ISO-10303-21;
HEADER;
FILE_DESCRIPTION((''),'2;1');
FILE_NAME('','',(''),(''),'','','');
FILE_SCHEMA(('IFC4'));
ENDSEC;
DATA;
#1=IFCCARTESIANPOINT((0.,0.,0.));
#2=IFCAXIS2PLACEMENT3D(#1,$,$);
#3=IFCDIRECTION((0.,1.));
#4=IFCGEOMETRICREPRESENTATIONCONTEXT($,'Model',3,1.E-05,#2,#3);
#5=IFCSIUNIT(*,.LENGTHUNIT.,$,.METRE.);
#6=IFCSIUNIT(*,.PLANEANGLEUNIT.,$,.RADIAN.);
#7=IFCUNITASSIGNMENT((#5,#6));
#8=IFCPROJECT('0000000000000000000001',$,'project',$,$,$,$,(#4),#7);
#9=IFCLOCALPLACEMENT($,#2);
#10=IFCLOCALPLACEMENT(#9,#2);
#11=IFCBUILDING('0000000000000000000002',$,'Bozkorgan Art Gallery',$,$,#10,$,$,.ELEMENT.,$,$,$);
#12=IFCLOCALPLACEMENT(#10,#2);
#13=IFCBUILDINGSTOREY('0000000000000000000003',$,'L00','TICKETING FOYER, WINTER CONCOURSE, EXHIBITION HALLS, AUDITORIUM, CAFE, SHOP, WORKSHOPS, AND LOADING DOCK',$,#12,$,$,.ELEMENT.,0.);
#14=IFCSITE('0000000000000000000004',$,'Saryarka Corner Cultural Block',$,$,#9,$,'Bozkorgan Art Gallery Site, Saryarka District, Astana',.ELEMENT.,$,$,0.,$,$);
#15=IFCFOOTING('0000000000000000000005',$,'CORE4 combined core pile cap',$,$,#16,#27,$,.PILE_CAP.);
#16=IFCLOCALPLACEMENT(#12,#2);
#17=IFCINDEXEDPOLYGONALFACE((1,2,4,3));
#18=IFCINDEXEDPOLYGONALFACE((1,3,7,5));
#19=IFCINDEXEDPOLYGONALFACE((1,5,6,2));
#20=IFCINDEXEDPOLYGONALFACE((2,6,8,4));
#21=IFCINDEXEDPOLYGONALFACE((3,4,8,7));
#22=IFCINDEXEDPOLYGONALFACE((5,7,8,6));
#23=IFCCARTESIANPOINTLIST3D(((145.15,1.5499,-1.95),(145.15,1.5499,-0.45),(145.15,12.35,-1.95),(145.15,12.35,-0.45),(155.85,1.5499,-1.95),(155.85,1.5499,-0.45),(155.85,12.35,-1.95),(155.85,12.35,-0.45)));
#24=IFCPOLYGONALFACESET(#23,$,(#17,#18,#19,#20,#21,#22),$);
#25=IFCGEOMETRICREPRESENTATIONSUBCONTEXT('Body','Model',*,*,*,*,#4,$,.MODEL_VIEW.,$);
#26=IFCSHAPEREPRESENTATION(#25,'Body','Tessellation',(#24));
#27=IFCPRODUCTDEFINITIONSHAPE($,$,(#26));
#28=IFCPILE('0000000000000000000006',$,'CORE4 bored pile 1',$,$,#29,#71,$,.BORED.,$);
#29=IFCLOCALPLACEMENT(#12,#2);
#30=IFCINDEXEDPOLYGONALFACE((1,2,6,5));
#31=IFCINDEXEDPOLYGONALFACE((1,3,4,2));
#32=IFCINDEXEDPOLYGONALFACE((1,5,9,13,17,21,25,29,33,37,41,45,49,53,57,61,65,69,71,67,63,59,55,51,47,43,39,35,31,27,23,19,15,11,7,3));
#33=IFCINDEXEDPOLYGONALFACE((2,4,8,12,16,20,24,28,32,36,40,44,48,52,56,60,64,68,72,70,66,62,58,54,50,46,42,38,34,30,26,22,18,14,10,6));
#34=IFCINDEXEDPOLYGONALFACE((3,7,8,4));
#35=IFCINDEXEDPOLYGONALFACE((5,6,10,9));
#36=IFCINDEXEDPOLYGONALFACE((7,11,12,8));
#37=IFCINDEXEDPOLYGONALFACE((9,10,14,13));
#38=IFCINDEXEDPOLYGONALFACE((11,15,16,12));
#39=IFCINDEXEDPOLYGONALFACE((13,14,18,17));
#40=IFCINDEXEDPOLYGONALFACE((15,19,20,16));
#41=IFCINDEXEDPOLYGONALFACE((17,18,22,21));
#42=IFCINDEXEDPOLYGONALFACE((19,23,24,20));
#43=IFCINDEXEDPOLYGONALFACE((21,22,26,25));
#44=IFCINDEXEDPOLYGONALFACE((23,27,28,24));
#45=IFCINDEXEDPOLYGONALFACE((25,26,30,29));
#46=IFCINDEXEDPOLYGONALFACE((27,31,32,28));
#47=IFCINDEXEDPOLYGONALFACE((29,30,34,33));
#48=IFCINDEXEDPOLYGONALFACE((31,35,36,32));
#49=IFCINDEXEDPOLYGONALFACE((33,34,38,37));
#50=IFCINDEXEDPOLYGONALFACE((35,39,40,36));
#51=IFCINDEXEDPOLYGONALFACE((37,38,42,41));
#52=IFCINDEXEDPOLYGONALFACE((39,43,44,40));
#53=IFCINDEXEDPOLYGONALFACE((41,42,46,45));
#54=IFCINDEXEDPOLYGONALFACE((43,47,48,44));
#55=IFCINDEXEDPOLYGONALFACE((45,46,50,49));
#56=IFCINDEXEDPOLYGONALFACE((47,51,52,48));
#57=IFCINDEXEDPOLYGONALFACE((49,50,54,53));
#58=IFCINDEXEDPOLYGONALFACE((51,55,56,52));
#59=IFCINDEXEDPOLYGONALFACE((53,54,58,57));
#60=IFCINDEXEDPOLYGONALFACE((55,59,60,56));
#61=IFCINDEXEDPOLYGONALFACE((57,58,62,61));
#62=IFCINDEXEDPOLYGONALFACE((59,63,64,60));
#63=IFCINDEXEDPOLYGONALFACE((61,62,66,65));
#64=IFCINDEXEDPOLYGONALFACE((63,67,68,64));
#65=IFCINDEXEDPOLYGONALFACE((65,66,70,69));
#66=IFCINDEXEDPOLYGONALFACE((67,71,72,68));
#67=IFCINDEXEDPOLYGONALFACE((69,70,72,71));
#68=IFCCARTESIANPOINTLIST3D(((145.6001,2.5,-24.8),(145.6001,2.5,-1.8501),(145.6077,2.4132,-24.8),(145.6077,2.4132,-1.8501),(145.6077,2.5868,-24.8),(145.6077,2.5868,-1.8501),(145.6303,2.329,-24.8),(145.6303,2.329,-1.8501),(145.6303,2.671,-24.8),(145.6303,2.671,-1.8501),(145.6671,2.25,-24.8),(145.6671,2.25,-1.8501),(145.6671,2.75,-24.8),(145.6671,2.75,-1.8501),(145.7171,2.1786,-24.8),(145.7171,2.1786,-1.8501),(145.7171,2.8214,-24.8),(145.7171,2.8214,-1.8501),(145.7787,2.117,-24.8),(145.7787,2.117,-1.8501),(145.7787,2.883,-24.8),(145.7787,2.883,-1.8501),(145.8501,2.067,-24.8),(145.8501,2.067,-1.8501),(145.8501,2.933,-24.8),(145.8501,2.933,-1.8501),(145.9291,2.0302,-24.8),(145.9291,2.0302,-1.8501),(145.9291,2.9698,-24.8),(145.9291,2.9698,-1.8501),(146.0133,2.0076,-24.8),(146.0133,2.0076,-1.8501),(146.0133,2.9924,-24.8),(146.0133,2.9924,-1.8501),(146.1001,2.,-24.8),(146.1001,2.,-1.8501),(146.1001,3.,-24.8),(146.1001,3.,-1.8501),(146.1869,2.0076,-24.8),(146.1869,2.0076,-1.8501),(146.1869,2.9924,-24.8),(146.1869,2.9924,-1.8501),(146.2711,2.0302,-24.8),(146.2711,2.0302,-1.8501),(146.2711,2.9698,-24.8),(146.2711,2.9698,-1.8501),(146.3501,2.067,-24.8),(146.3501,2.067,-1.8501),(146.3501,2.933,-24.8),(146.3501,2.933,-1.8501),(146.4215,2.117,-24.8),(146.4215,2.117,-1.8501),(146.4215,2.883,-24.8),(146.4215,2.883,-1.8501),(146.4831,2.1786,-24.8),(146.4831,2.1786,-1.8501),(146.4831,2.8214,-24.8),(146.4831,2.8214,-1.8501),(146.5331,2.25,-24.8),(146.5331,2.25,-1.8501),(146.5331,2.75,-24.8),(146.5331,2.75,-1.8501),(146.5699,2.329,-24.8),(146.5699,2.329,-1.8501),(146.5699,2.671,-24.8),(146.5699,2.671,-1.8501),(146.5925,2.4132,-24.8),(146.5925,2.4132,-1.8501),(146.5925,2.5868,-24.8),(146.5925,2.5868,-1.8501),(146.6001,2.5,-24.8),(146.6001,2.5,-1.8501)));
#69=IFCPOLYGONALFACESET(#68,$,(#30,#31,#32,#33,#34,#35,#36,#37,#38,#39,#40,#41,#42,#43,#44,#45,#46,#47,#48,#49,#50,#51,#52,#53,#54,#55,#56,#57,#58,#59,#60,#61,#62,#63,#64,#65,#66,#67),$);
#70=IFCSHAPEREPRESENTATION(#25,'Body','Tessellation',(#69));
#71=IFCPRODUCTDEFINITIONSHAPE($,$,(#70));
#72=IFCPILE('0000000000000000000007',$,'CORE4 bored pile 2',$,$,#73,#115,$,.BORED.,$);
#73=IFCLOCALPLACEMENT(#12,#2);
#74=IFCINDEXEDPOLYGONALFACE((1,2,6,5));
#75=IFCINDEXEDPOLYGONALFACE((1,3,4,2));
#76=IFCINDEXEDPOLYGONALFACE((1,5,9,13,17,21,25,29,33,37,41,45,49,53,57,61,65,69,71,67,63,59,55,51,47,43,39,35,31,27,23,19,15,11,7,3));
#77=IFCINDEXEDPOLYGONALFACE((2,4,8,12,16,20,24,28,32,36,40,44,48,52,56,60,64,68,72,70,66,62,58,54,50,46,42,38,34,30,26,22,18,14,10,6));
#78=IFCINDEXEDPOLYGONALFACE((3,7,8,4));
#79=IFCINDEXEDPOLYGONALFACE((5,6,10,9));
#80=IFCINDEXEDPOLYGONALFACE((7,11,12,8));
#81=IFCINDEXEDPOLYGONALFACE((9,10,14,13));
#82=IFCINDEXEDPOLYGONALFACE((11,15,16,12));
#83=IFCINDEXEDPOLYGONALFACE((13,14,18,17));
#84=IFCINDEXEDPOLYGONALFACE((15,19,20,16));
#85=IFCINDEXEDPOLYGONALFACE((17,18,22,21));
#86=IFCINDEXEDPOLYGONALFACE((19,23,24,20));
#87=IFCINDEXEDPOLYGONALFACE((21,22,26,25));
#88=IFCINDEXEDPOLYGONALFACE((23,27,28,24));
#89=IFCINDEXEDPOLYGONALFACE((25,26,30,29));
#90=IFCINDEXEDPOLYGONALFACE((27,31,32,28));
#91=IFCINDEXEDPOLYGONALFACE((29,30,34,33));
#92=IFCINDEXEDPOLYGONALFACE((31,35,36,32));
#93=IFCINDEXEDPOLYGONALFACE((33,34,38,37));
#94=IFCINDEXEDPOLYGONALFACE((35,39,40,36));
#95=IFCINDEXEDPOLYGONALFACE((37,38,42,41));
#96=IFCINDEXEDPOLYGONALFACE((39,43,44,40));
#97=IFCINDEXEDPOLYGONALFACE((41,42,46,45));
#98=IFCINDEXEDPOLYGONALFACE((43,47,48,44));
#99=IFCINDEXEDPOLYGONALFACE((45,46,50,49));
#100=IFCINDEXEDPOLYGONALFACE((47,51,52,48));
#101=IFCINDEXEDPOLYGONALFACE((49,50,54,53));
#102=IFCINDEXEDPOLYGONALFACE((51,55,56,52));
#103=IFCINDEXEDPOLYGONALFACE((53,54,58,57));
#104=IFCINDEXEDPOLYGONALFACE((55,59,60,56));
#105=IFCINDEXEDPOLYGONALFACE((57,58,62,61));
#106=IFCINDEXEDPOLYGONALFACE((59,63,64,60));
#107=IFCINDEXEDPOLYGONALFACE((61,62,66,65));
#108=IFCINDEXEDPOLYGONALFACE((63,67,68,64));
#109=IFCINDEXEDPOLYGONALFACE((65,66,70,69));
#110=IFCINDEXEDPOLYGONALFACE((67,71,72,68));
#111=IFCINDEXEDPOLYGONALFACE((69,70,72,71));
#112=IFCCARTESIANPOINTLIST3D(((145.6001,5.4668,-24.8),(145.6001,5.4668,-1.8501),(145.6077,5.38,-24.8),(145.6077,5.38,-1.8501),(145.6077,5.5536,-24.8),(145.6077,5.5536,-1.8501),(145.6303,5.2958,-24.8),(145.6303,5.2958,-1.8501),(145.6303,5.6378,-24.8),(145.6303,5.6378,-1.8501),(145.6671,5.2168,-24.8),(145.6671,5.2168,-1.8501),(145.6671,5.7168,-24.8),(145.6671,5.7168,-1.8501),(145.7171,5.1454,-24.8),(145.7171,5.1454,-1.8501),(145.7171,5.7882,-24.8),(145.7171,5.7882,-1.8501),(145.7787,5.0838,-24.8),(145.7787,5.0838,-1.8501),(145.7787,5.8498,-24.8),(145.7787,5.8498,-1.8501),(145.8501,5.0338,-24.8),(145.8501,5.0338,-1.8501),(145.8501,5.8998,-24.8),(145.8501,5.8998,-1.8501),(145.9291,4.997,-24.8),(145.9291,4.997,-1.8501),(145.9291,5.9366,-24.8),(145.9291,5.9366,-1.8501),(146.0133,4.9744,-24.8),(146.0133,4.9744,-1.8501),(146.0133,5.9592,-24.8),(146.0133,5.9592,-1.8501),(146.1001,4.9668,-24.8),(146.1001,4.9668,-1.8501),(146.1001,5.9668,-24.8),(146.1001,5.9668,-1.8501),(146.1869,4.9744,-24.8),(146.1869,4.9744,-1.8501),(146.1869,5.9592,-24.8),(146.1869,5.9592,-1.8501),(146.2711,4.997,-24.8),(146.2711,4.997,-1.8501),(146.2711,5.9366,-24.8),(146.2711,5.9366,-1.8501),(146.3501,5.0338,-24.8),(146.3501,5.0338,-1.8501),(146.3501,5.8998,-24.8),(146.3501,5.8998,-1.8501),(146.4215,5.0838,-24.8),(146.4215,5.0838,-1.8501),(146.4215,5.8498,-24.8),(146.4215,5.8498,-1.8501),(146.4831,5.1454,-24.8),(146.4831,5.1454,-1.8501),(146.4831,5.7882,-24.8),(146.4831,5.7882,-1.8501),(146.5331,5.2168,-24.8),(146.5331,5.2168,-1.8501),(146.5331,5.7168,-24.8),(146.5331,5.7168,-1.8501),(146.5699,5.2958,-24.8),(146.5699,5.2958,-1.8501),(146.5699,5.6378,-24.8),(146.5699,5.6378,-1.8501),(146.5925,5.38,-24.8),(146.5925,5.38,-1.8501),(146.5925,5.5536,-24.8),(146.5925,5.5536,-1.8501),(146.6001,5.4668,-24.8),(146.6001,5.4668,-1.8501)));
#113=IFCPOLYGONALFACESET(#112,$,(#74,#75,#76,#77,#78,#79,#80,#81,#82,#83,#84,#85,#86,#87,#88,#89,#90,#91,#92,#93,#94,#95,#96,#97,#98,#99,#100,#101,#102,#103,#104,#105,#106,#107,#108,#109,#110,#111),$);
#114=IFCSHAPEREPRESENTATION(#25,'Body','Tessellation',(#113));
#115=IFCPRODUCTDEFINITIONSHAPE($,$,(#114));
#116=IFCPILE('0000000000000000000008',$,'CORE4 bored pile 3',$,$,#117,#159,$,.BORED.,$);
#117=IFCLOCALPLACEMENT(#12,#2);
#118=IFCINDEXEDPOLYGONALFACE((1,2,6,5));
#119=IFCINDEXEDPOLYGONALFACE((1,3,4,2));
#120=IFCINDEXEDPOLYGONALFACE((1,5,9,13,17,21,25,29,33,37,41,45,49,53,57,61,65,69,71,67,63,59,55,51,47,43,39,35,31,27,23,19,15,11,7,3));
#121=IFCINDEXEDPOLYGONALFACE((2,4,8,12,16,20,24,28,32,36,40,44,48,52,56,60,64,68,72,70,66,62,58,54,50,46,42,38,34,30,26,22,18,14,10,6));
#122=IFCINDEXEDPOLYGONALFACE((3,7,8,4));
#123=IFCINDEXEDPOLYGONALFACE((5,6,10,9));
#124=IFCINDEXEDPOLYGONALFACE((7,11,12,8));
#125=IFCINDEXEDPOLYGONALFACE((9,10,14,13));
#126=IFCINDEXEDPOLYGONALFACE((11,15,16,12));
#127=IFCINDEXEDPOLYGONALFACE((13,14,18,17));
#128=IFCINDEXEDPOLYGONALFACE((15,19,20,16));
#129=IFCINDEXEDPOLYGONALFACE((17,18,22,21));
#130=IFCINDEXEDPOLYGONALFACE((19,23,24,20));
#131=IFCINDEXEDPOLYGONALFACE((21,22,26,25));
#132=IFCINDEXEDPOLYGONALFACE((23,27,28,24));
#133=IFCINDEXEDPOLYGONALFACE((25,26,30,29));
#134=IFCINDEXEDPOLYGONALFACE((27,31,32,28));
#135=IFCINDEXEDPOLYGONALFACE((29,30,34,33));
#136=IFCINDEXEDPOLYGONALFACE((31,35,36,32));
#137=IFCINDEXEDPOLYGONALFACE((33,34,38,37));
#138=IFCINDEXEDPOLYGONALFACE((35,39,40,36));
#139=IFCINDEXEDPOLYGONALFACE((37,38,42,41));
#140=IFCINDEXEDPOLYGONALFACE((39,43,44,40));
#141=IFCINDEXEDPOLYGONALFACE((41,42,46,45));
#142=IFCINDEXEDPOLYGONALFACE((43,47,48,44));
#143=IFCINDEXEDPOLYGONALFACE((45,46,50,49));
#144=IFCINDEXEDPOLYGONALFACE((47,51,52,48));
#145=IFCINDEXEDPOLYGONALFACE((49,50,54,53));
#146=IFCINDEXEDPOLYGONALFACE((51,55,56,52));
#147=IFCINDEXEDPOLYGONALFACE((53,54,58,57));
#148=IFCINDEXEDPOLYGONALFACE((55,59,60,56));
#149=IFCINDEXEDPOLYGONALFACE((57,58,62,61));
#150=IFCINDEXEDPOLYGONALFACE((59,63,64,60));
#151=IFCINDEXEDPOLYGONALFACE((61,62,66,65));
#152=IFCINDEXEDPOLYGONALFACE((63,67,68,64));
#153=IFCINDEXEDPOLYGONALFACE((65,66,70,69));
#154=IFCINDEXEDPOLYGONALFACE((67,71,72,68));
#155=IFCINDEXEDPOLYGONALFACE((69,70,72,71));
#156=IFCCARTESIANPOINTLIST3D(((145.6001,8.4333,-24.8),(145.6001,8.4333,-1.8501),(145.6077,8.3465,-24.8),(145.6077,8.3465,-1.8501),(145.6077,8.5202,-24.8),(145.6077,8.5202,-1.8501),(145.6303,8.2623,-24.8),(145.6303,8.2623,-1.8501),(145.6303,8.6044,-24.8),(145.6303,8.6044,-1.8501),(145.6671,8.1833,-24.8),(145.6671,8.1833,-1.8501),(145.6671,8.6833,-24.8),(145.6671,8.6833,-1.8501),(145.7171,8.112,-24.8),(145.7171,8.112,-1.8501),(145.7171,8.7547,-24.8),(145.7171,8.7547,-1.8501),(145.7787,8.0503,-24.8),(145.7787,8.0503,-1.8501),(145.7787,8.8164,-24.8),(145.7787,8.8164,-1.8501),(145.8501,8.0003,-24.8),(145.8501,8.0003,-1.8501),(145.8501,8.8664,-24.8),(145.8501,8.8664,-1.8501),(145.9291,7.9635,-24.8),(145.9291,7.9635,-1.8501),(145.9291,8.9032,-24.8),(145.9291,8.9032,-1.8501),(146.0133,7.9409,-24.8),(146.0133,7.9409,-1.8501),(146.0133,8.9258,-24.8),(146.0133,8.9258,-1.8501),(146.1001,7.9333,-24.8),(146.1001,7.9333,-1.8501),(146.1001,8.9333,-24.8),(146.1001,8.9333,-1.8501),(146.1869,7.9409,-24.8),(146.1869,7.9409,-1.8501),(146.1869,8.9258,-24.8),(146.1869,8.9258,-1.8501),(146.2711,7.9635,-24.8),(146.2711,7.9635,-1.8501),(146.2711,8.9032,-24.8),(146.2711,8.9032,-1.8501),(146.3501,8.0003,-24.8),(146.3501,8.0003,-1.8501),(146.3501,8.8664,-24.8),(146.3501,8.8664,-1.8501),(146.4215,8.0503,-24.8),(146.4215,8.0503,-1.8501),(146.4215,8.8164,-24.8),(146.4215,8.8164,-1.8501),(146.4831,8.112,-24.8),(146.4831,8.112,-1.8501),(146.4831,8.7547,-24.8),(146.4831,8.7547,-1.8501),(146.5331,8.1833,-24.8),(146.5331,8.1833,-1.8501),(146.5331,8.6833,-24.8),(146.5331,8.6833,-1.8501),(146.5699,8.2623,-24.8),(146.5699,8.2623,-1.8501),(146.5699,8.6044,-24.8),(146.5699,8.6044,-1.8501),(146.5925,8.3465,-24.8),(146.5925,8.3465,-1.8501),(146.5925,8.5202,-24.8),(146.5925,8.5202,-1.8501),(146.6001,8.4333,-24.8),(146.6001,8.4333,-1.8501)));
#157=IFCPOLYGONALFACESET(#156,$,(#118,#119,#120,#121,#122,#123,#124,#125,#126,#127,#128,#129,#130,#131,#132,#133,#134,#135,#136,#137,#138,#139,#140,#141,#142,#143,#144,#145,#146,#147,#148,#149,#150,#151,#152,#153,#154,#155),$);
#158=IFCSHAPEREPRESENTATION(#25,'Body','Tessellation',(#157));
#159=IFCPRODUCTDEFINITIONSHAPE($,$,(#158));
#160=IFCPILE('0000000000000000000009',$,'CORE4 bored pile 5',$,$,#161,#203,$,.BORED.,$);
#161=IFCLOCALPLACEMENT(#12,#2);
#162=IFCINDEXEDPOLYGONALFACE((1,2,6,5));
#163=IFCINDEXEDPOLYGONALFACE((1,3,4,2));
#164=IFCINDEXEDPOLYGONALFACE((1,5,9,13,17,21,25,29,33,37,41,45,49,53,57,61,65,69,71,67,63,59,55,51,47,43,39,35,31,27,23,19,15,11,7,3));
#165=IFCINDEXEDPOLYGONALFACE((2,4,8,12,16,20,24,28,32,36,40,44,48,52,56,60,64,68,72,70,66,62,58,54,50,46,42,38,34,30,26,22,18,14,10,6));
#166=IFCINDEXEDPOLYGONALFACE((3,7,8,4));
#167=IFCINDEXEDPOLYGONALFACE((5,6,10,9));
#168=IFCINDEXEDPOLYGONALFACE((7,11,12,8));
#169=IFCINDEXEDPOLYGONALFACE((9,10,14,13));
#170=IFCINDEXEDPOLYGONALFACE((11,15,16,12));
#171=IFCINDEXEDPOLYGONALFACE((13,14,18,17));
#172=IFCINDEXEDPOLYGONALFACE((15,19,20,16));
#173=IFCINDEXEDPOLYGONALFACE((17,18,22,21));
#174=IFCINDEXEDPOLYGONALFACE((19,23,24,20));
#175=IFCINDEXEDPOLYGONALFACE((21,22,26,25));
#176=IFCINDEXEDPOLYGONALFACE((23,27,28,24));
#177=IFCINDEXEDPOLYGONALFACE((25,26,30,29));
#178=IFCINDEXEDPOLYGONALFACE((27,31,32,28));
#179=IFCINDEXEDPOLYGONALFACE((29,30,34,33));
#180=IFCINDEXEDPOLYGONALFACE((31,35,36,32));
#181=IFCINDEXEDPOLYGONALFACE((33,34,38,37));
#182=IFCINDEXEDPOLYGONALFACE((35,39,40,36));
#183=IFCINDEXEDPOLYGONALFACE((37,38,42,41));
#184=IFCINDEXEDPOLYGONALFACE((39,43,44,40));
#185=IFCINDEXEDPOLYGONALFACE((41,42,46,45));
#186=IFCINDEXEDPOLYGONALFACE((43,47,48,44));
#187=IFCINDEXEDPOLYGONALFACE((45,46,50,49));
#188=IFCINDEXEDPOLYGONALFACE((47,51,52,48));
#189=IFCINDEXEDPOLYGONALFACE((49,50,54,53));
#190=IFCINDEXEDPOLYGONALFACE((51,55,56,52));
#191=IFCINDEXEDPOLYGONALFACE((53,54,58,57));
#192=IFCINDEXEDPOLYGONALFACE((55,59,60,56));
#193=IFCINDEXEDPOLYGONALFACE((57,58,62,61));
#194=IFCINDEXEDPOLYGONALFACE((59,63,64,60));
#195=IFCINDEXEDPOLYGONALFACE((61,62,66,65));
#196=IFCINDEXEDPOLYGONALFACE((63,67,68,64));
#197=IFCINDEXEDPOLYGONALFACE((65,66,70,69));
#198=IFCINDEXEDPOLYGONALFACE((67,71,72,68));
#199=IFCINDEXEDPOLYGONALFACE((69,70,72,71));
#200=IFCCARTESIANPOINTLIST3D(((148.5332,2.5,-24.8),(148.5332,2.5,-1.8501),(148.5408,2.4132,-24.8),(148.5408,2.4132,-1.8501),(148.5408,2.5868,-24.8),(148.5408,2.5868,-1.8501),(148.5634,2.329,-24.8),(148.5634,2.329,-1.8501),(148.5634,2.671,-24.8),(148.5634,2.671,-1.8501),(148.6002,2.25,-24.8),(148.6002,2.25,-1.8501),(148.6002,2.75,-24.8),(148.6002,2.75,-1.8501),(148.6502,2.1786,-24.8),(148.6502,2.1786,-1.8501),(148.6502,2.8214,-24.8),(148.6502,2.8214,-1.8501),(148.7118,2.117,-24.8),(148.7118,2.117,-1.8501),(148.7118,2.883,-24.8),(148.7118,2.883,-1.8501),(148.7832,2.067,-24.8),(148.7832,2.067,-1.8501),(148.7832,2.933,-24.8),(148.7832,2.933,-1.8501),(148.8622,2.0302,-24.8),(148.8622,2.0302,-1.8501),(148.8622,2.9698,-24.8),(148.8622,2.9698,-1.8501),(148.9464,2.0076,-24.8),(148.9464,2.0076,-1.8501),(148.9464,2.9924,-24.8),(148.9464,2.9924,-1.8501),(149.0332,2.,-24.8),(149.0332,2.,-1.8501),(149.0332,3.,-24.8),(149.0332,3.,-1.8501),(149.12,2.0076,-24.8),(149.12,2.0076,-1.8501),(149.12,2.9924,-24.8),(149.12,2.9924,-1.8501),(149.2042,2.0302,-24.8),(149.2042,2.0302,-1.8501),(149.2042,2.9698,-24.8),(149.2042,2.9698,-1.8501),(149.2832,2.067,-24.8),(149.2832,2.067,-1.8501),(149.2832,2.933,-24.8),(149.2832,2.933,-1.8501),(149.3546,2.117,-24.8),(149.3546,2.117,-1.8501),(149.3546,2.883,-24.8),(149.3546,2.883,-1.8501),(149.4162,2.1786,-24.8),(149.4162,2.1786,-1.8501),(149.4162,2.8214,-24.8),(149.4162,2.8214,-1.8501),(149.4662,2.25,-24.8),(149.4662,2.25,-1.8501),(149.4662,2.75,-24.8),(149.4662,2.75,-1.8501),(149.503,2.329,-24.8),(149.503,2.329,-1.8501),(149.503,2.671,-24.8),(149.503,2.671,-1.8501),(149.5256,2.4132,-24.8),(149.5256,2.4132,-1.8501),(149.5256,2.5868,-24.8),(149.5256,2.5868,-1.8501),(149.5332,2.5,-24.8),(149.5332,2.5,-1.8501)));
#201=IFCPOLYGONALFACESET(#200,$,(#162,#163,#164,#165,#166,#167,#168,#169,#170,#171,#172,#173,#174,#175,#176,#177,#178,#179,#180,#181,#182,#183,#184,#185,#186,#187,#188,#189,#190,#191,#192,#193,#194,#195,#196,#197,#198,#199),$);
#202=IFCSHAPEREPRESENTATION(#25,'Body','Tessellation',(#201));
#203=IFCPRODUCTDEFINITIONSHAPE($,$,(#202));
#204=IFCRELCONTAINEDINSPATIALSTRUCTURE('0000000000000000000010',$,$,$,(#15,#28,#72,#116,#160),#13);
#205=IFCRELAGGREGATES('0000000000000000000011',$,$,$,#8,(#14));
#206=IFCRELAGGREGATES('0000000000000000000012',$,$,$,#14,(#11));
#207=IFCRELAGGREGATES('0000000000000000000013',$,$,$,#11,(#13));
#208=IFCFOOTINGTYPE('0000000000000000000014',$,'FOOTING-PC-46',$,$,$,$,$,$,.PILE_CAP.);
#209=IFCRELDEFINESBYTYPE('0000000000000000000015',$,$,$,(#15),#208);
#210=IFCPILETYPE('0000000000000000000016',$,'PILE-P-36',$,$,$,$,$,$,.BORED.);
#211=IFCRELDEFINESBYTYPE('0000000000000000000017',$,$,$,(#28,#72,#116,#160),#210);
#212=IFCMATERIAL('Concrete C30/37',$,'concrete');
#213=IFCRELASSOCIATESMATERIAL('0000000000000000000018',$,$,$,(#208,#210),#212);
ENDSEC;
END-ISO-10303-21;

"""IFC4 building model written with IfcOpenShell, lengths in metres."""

from ifc_helpers import new_model, si_unit, direction, frame, origin, origin_2d, place, context, subcontext, project, spatial, rectangle, circle, extrude, material, material_profile, profile_set, type_object, element, save


model = new_model("IFC4")

# Units and contexts
model_context = context("Model", 3, precision=1e-05, world=origin(), true_north=direction((0.0, 1.0)))
body_context = subcontext(model_context, "Body", "Model", "MODEL_VIEW")
ifc_project = project(units=[si_unit("LENGTHUNIT", "METRE"), si_unit("PLANEANGLEUNIT", "RADIAN")], contexts=[model_context])

# Site, building, storey
site_placement = place(None, origin())
site = spatial("IfcSite", under=ifc_project, at=site_placement, Name="Saryarka Corner Cultural Block", LongName="Bozkorgan Art Gallery Site, Saryarka District, Astana", CompositionType="ELEMENT", RefElevation=0.0)
building_placement = place(site_placement, origin())
building = spatial("IfcBuilding", under=site, at=building_placement, Name="Bozkorgan Art Gallery", CompositionType="ELEMENT")
storey_placement = place(building_placement, origin())
storey = spatial("IfcBuildingStorey", under=building, at=storey_placement, Name="L00", Description="TICKETING FOYER, WINTER CONCOURSE, EXHIBITION HALLS, AUDITORIUM, CAFE, SHOP, WORKSHOPS, AND LOADING DOCK", CompositionType="ELEMENT", Elevation=0.0)

# Footing
ifc_material_1 = material(Name="Concrete C30/37", Category="concrete")
footing_type = type_object("IfcFootingType", Name="FOOTING-PC-46", PredefinedType="PILE_CAP", material=ifc_material_1)
footing_placement = place(storey_placement, frame((150.5, 6.95, -1.95), z_axis=(0.0, 0.0, 1.0), x_axis=(1.0, 0.0, 0.0)))
element("IfcFooting", 1, at=footing_placement, inside=storey, type_object=footing_type, Name="CORE4 combined core pile cap", PredefinedType="PILE_CAP", context=body_context, shape_type="SweptSolid", body=[
    extrude(rectangle(XDim=10.7, YDim=10.8, at=origin_2d()), origin(), (0.0, 0.0, 1.0), 1.5),
])

# Piles
ifc_material_profile_1 = material_profile(ifc_material_1, circle(Radius=0.5, at=origin_2d()), Name="PILE D1000")
ifc_profile_set_1 = profile_set([ifc_material_profile_1], Name="Concrete C30/37")
pile_type = type_object("IfcPileType", Name="PILE-P-36", PredefinedType="BORED", material=ifc_profile_set_1)
for number, where, z_axis, x_axis, name in (
    (2, (146.1001, 2.5, -1.8501), (0.0, 0.0, -1.0), (1.0, 0.0, 0.0), "CORE4 bored pile 1"),
    (3, (146.1001, 5.4668, -1.8501), (0.0, 0.0, -1.0), (1.0, 0.0, 0.0), "CORE4 bored pile 2"),
    (4, (146.1001, 8.4333, -1.8501), (0.0, 0.0, -1.0), (1.0, 0.0, 0.0), "CORE4 bored pile 3"),
    (5, (149.0332, 2.5, -1.8501), (0.0, 0.0, -1.0), (1.0, 0.0, 0.0), "CORE4 bored pile 5"),
):
    element("IfcPile", number, at=place(storey_placement, frame(where, z_axis=z_axis, x_axis=x_axis)), inside=storey, type_object=pile_type, Name=name, PredefinedType="BORED", context=body_context, shape_type="SweptSolid", body=[
        extrude(circle(Radius=0.5, at=origin_2d()), origin(), (0.0, 0.0, 1.0), 22.95),
    ])

save(model, "model.ifc")
